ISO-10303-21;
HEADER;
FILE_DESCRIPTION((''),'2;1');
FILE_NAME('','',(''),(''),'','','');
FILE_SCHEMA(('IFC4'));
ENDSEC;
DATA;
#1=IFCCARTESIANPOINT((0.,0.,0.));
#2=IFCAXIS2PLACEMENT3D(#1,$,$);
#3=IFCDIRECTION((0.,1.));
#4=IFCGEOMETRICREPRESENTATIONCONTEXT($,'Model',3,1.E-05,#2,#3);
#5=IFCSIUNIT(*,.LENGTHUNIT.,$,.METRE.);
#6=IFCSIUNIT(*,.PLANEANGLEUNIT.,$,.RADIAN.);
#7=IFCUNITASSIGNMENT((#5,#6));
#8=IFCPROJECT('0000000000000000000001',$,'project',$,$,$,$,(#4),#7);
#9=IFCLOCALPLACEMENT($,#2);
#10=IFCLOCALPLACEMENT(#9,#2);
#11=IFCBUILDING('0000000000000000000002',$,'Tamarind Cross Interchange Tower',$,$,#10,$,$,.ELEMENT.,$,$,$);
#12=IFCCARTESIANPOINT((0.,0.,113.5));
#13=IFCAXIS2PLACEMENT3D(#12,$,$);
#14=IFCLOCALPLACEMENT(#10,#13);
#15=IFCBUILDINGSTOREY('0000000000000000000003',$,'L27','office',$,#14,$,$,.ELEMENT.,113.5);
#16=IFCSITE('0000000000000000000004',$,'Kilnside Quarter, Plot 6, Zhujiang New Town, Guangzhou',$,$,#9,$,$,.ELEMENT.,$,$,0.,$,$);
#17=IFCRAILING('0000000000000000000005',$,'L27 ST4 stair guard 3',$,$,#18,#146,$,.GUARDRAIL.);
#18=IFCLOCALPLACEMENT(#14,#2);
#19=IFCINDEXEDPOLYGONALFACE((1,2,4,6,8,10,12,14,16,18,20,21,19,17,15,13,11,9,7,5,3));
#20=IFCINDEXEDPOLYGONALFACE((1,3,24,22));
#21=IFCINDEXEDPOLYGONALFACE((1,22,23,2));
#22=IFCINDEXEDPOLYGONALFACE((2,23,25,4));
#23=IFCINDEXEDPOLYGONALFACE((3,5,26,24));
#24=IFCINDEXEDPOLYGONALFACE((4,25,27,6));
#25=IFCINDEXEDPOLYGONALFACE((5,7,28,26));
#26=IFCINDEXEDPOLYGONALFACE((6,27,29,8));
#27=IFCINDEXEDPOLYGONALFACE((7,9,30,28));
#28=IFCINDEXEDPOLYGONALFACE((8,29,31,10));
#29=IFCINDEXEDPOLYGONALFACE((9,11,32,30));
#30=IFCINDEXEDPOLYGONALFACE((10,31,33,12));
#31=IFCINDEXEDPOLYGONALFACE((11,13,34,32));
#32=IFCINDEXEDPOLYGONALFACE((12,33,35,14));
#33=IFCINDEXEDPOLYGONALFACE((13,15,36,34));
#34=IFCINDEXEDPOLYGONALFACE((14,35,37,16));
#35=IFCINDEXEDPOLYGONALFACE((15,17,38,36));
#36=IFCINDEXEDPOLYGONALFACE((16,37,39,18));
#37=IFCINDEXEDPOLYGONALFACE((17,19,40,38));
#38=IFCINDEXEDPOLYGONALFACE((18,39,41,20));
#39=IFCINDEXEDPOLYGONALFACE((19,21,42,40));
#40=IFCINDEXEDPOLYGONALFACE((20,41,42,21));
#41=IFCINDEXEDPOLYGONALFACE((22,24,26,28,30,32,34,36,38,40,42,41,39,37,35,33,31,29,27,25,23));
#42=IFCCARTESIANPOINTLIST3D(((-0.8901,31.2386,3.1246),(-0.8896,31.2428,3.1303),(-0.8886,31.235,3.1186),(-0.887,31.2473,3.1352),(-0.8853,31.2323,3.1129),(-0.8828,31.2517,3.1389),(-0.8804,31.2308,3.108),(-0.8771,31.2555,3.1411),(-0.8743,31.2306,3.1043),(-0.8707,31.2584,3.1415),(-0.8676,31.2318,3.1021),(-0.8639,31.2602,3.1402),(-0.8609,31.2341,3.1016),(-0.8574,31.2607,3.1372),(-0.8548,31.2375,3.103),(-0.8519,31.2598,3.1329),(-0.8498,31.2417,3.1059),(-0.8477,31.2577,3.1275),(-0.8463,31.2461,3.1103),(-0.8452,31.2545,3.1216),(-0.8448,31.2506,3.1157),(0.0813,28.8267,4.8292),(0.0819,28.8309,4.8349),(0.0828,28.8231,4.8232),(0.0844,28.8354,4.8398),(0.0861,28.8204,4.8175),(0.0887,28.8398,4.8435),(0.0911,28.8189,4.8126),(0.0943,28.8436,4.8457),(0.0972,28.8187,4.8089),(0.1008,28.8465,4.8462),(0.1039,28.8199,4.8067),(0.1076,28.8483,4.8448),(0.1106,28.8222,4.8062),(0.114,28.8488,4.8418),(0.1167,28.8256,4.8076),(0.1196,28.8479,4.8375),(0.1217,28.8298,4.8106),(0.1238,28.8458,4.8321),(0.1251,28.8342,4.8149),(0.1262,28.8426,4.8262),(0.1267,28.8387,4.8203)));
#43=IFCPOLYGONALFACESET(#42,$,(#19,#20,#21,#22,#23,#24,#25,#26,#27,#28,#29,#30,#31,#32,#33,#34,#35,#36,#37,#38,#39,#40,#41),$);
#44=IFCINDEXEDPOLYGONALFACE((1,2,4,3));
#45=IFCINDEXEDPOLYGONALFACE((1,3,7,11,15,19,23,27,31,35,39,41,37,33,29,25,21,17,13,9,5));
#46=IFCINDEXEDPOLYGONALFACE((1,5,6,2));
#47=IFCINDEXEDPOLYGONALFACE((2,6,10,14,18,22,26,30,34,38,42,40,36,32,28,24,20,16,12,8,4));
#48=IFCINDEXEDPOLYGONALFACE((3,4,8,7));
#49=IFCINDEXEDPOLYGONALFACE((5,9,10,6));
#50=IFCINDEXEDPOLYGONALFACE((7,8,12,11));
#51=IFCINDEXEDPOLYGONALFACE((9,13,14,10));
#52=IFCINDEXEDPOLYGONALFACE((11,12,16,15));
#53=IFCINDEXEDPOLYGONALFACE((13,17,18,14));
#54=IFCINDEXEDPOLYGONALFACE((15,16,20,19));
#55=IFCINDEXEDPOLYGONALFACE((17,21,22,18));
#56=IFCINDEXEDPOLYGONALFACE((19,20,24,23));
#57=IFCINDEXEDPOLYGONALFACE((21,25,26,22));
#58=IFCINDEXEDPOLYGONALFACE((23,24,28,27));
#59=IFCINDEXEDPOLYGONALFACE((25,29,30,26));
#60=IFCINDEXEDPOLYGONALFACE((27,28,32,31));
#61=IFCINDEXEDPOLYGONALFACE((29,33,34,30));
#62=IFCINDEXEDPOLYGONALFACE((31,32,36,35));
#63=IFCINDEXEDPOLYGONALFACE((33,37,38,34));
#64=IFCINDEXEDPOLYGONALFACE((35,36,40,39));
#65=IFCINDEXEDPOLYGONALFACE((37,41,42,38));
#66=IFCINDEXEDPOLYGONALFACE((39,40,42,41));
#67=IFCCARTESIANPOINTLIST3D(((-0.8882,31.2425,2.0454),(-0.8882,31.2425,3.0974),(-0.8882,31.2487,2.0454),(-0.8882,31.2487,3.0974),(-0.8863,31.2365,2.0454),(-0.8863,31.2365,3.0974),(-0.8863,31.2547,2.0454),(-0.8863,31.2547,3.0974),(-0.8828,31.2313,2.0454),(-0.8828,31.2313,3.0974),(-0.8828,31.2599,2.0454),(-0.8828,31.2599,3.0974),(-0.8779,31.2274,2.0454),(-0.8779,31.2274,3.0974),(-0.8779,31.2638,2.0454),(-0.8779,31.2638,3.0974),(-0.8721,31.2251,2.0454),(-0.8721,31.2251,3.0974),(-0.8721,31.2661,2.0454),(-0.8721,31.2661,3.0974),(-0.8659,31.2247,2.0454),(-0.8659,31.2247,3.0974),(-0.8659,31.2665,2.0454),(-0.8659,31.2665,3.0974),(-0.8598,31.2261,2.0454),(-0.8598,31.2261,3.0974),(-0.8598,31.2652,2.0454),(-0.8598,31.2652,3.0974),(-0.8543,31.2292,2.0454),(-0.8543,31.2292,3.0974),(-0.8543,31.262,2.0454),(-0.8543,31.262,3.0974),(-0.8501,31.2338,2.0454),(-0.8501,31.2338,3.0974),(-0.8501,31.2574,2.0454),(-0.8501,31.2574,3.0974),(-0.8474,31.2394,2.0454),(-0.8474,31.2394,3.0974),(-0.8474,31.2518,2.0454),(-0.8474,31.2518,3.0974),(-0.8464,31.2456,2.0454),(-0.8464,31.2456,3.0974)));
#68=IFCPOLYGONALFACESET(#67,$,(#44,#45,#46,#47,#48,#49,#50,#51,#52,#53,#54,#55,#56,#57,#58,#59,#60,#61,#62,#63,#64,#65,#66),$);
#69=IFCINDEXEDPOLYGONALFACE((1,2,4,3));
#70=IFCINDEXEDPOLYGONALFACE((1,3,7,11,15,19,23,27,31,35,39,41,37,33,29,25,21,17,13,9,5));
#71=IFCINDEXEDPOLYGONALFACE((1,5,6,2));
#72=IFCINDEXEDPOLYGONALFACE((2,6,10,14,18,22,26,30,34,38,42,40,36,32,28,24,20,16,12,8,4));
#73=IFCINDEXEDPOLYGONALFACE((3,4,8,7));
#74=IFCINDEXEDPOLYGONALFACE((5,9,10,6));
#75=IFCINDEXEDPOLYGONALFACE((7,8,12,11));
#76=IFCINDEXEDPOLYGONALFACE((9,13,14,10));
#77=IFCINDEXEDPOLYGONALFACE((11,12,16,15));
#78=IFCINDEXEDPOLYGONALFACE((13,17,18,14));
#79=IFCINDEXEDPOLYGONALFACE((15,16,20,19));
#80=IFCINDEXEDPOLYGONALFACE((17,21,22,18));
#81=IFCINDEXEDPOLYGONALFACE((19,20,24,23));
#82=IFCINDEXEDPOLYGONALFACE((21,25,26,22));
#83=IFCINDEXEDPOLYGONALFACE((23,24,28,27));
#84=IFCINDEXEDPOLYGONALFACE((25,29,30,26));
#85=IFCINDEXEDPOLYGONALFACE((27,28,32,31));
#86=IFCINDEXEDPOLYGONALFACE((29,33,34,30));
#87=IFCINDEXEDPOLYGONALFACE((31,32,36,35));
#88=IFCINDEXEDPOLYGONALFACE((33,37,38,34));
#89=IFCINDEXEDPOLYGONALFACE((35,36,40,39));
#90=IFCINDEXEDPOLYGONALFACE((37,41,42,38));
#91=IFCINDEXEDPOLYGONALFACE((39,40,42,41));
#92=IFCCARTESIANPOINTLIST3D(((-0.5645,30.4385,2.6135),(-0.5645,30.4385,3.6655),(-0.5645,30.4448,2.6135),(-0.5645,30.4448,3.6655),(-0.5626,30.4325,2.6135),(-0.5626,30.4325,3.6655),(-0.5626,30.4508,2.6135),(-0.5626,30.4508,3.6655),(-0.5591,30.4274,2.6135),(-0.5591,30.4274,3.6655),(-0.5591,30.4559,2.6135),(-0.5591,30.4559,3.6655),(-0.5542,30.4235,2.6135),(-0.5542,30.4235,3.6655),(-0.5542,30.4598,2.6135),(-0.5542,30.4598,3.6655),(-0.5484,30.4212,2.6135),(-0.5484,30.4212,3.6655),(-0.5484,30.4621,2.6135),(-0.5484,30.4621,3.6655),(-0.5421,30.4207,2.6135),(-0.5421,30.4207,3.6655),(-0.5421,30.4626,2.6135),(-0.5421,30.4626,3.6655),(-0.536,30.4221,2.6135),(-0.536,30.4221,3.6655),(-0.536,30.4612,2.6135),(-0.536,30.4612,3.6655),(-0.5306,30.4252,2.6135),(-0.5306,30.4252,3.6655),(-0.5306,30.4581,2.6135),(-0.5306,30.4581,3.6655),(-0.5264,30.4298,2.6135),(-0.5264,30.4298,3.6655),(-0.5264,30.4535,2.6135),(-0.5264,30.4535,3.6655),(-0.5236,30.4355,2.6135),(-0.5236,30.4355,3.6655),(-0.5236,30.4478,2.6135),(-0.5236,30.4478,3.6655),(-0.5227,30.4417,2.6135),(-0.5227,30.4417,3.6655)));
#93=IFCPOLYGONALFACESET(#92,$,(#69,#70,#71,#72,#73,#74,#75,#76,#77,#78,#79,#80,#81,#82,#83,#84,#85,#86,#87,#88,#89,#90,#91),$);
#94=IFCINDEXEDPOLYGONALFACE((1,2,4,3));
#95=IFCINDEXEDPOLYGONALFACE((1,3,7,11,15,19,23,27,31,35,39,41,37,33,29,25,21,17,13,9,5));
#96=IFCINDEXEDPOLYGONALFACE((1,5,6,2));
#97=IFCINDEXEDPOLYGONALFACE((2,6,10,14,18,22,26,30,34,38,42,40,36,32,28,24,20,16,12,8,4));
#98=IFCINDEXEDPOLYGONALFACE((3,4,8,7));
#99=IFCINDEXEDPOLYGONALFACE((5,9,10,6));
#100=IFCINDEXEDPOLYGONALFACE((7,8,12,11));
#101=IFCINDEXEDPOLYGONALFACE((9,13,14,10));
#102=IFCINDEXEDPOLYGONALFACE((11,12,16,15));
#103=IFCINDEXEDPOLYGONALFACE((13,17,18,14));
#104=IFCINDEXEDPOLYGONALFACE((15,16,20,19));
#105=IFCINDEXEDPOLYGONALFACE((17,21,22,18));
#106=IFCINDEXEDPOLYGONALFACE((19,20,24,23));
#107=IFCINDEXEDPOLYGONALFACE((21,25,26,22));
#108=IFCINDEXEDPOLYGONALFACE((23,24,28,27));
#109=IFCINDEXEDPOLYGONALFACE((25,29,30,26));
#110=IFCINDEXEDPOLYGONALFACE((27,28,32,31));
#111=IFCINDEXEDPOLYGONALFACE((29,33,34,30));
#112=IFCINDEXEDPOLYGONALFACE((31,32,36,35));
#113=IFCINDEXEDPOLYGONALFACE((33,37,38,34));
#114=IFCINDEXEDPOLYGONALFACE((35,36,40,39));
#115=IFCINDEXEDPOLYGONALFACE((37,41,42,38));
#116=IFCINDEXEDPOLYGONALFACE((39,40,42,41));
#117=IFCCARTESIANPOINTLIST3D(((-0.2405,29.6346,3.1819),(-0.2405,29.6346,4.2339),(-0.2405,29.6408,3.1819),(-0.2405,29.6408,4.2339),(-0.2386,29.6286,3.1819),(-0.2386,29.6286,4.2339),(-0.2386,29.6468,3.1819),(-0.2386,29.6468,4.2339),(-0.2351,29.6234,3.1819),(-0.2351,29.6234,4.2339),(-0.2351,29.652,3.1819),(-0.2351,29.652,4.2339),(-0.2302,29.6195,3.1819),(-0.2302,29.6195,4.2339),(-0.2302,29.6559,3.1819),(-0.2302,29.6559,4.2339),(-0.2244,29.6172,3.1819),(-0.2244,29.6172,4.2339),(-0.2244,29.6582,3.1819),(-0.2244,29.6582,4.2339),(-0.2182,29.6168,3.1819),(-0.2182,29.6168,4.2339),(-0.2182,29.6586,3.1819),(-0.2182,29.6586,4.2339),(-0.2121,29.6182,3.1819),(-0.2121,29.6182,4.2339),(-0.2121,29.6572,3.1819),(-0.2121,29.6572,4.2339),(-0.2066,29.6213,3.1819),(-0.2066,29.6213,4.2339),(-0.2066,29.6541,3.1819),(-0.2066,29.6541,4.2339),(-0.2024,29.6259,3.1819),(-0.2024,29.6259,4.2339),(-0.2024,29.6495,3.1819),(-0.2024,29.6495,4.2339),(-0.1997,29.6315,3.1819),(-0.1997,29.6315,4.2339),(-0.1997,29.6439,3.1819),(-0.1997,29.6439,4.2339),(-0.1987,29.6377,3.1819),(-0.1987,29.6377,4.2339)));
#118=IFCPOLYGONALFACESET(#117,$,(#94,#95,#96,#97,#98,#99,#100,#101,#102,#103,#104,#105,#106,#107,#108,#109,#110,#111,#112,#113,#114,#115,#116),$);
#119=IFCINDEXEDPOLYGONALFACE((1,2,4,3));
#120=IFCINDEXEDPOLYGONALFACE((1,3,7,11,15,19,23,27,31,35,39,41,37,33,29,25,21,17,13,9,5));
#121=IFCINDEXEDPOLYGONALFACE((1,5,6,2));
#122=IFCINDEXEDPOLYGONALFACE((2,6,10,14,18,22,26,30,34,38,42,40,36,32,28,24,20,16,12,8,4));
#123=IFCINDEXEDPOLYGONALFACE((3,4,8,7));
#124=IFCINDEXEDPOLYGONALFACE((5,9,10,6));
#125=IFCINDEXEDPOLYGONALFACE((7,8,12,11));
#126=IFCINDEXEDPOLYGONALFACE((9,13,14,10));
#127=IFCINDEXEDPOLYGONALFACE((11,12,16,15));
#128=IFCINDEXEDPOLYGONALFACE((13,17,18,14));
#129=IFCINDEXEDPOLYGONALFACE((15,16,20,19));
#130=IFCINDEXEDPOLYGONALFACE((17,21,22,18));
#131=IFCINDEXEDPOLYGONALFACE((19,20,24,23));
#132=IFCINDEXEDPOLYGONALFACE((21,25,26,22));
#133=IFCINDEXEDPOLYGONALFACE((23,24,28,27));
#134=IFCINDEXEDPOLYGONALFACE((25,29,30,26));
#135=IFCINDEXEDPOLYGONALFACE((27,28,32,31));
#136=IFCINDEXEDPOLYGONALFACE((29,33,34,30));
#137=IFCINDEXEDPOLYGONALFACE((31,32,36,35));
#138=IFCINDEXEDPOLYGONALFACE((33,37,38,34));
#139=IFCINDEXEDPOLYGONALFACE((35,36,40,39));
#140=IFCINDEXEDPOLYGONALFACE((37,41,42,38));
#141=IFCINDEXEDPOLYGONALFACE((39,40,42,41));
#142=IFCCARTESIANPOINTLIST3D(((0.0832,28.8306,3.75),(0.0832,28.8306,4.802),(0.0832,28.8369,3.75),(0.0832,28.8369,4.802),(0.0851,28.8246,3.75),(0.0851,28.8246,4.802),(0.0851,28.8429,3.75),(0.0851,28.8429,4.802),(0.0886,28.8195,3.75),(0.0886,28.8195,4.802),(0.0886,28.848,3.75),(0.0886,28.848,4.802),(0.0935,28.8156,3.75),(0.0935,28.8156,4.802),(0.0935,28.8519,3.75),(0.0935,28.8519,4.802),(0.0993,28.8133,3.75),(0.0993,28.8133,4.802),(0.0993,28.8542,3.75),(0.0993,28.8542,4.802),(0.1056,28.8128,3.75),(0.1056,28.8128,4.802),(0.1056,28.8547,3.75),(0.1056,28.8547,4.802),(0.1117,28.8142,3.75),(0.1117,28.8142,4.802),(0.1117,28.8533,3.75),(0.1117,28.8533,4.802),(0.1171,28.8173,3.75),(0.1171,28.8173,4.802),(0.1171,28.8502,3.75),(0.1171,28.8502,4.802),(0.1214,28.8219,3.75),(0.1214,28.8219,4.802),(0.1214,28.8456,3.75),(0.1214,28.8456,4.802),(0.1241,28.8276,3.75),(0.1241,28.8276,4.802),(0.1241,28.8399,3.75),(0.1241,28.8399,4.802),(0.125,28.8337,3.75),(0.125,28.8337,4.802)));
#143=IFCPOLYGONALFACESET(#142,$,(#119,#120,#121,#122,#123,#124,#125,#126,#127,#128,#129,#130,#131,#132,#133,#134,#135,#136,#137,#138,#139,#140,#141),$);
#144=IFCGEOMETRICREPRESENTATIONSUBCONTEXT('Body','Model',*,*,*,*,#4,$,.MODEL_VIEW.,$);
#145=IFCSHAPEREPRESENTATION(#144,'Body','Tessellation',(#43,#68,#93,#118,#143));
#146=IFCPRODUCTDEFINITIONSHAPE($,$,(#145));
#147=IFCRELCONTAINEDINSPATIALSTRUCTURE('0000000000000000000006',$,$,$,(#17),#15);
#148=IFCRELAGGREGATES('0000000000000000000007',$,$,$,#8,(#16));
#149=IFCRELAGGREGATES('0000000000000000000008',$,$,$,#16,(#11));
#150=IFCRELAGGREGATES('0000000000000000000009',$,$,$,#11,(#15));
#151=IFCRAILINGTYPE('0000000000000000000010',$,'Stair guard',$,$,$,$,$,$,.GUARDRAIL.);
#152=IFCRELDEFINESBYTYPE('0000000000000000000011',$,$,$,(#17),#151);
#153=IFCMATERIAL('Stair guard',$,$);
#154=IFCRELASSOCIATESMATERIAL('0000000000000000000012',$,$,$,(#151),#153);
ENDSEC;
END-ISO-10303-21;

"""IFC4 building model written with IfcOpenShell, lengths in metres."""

from ifc_helpers import new_model, si_unit, direction, frame, origin, origin_2d, place, context, subcontext, project, spatial, circle, extrude, material, type_object, element, save


model = new_model("IFC4")

# Units and contexts
model_context = context("Model", 3, precision=1e-05, world=origin(), true_north=direction((0.0, 1.0)))
body_context = subcontext(model_context, "Body", "Model", "MODEL_VIEW")
ifc_project = project(units=[si_unit("LENGTHUNIT", "METRE"), si_unit("PLANEANGLEUNIT", "RADIAN")], contexts=[model_context])

# Site, building, storey
site_placement = place(None, origin())
site = spatial("IfcSite", under=ifc_project, at=site_placement, Name="Kilnside Quarter, Plot 6, Zhujiang New Town, Guangzhou", CompositionType="ELEMENT", RefElevation=0.0)
building_placement = place(site_placement, origin())
building = spatial("IfcBuilding", under=site, at=building_placement, Name="Tamarind Cross Interchange Tower", CompositionType="ELEMENT")
storey_placement = place(building_placement, frame((0.0, 0.0, 113.5)))
storey = spatial("IfcBuildingStorey", under=building, at=storey_placement, Name="L27", Description="office", CompositionType="ELEMENT", Elevation=113.5)

# Railing
ifc_material_1 = material(Name="Stair guard")
railing_type_1 = type_object("IfcRailingType", Name="Stair guard", PredefinedType="GUARDRAIL", material=ifc_material_1)
railing_1_placement = place(storey_placement, frame((-0.8674, 31.2456, 2.0454)))
element("IfcRailing", 1, at=railing_1_placement, inside=storey, type_object=railing_type_1, Name="L27 ST4 stair guard 3", PredefinedType="GUARDRAIL", context=body_context, shape_type="SweptSolid", body=[
    extrude(circle(Radius=0.0239, at=origin_2d()), frame((0.0, 0.0, 1.0762), z_axis=(0.312451, -0.775748, 0.548261), x_axis=(0.927587, 0.373607, 0.0)), (0.0, 0.0, 1.0), 3.1091),
    extrude(circle(Radius=0.021, at=origin_2d()), origin(), (0.0, 0.0, 1.0), 1.052),
    extrude(circle(Radius=0.021, at=origin_2d()), frame((0.3237, -0.804, 0.5681)), (0.0, 0.0, 1.0), 1.052),
    extrude(circle(Radius=0.021, at=origin_2d()), frame((0.6477, -1.6079, 1.1365)), (0.0, 0.0, 1.0), 1.052),
    extrude(circle(Radius=0.021, at=origin_2d()), frame((0.9714, -2.4119, 1.7046)), (0.0, 0.0, 1.0), 1.052),
])

save(model, "model.ifc")
